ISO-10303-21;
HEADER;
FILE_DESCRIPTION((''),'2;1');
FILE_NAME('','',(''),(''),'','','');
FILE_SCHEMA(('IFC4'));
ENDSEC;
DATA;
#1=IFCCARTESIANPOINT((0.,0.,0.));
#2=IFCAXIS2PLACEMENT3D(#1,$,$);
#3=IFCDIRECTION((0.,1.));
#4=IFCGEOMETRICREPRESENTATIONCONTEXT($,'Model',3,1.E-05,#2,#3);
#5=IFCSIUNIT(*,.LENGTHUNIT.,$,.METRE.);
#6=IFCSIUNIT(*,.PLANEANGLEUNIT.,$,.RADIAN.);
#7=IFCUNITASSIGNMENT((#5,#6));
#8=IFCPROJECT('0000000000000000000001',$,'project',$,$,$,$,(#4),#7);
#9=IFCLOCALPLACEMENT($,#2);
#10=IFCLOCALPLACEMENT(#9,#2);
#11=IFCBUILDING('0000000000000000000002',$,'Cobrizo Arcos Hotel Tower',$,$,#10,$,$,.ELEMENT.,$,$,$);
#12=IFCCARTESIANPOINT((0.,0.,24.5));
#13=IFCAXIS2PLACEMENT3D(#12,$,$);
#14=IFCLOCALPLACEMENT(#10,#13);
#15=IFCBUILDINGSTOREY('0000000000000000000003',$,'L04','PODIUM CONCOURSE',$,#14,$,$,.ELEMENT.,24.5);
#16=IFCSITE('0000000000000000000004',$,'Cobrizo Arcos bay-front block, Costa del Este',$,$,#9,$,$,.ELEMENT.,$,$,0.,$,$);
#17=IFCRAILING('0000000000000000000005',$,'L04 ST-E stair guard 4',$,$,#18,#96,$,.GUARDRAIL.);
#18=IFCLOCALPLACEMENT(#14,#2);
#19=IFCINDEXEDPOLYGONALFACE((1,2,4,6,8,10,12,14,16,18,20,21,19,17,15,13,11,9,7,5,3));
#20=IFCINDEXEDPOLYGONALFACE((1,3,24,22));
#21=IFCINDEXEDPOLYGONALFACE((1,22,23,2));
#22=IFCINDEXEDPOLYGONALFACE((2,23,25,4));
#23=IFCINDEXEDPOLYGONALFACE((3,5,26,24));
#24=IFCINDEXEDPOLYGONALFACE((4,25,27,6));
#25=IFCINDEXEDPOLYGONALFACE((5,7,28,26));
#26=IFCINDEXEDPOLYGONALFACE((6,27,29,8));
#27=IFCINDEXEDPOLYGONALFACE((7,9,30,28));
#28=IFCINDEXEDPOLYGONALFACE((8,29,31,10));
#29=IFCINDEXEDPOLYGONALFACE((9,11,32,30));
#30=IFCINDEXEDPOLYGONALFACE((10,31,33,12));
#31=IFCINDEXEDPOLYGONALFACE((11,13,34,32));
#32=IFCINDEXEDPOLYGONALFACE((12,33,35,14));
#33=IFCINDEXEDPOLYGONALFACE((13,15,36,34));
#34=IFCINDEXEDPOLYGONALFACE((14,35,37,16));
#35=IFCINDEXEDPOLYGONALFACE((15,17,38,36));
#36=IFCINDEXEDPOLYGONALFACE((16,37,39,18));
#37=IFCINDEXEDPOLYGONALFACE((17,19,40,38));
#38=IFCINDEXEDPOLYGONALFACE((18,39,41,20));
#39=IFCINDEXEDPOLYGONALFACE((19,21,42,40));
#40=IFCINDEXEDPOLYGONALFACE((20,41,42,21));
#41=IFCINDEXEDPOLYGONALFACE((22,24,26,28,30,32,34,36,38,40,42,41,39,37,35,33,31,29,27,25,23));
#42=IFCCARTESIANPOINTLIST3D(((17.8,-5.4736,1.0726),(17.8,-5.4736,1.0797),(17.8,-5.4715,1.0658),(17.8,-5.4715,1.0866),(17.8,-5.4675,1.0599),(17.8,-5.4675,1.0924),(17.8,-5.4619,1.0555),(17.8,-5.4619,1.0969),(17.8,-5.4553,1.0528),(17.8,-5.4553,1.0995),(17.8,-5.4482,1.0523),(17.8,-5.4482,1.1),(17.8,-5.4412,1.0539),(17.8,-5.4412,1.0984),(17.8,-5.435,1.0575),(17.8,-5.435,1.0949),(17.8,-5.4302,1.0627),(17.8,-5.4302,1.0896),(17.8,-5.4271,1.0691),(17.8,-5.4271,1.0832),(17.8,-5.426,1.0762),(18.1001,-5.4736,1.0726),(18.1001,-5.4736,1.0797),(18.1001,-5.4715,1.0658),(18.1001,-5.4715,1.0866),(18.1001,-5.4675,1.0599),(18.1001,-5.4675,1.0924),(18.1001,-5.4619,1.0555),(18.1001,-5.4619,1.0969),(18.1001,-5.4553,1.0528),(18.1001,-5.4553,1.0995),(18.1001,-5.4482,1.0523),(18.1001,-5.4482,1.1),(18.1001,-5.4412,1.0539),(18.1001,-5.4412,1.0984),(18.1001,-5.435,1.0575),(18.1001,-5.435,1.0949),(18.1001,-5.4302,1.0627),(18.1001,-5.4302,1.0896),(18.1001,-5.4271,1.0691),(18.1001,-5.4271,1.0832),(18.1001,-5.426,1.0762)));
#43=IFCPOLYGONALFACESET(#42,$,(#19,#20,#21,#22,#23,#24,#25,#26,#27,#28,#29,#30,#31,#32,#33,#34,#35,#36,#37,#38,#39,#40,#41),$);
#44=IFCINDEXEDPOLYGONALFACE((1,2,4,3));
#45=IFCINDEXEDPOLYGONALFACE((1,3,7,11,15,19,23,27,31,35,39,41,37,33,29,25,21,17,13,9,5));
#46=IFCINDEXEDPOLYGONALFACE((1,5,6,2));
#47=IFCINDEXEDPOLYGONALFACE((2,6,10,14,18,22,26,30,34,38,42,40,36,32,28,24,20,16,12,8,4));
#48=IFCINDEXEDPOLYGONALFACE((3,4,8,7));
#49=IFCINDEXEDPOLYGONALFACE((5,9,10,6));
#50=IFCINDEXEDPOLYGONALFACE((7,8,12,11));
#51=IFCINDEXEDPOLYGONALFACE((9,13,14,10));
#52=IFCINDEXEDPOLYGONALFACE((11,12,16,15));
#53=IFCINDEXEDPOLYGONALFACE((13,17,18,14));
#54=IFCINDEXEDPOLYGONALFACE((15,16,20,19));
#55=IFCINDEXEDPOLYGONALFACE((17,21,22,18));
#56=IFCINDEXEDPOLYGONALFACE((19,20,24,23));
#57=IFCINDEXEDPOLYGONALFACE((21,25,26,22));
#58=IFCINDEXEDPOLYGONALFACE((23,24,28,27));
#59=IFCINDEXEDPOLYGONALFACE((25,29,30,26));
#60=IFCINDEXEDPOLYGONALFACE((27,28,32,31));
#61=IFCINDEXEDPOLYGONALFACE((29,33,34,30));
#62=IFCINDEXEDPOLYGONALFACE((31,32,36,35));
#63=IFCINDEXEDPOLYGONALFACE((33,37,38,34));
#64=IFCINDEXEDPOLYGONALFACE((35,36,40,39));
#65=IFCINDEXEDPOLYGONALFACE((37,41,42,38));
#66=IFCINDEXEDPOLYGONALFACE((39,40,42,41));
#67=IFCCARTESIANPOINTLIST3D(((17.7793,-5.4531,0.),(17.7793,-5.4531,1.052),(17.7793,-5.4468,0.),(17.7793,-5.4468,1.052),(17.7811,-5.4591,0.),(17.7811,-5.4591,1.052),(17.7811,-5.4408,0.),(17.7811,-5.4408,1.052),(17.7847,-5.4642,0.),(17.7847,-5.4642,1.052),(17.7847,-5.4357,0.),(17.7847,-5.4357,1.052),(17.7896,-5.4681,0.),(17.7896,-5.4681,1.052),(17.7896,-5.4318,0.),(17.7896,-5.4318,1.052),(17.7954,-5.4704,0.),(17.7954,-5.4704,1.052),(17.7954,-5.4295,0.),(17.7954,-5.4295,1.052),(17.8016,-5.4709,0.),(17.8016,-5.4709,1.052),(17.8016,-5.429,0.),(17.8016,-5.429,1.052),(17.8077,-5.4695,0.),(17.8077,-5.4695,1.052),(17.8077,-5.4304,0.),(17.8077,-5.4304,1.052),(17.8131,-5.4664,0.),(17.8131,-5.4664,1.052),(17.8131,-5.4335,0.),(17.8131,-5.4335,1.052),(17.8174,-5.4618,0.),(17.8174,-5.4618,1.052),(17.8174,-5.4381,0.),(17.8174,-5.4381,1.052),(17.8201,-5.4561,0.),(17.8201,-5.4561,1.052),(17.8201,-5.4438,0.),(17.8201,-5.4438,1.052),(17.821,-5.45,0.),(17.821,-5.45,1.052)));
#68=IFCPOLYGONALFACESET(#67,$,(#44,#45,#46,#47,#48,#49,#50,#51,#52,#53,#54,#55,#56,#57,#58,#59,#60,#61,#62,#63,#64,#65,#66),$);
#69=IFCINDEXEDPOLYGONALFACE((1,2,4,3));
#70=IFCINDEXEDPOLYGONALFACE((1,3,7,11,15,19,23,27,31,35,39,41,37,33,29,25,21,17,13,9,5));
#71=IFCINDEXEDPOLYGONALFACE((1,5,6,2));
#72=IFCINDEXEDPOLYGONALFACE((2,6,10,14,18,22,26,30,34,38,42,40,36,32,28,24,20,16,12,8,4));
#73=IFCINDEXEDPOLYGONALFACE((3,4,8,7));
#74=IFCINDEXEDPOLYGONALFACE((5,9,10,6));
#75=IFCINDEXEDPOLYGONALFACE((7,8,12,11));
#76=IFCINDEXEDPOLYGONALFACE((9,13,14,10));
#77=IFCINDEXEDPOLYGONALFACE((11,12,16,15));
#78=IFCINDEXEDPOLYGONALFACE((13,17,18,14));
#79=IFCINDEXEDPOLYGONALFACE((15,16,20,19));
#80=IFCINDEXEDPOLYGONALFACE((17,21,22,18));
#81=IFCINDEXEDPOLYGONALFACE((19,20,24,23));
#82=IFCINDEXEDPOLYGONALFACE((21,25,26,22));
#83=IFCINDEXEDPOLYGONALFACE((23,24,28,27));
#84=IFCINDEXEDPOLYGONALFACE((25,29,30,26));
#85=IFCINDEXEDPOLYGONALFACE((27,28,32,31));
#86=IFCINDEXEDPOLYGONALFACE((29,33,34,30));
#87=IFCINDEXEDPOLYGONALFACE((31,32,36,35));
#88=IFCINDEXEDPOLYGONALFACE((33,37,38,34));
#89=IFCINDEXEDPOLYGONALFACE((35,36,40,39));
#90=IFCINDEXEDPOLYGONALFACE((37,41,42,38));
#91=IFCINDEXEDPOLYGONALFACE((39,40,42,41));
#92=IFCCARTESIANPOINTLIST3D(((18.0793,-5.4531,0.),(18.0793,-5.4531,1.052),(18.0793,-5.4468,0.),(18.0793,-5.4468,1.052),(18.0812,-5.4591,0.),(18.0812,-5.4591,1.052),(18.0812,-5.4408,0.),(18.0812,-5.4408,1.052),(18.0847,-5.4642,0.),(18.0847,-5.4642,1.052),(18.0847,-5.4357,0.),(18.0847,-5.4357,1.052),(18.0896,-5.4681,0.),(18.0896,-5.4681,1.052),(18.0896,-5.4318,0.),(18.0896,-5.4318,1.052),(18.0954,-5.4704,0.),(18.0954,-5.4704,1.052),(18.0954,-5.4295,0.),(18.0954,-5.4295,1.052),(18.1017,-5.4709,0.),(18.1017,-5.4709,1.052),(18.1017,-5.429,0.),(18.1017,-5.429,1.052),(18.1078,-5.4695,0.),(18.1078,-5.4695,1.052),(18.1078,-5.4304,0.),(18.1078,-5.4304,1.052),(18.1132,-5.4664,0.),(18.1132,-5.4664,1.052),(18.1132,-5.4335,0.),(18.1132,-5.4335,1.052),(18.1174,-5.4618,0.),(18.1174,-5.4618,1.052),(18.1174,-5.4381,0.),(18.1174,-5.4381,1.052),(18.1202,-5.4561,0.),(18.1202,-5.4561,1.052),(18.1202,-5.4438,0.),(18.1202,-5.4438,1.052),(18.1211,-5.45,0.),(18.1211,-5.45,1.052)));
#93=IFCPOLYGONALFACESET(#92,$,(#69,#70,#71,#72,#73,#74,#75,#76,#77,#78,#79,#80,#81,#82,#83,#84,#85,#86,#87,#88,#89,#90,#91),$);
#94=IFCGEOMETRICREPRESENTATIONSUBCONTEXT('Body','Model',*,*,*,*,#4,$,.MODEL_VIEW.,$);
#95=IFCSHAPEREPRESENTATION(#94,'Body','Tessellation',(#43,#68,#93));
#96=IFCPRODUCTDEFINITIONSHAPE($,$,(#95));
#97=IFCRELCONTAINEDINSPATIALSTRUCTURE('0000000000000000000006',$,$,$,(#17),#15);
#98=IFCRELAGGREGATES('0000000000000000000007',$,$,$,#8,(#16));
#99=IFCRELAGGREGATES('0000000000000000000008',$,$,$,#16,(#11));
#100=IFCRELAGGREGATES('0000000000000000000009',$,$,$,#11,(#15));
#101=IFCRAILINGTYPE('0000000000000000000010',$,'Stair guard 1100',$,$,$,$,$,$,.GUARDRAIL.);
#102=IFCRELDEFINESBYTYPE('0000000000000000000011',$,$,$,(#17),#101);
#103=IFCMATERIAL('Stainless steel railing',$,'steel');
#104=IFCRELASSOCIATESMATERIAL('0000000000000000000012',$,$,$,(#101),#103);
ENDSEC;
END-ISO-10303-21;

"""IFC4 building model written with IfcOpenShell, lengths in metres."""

from ifc_helpers import new_model, si_unit, direction, frame, origin, origin_2d, place, context, subcontext, project, spatial, circle, extrude, material, type_object, element, save


model = new_model("IFC4")

# Units and contexts
model_context = context("Model", 3, precision=1e-05, world=origin(), true_north=direction((0.0, 1.0)))
body_context = subcontext(model_context, "Body", "Model", "MODEL_VIEW")
ifc_project = project(units=[si_unit("LENGTHUNIT", "METRE"), si_unit("PLANEANGLEUNIT", "RADIAN")], contexts=[model_context])

# Site, building, storey
site_placement = place(None, origin())
site = spatial("IfcSite", under=ifc_project, at=site_placement, Name="Cobrizo Arcos bay-front block, Costa del Este", CompositionType="ELEMENT", RefElevation=0.0)
building_placement = place(site_placement, origin())
building = spatial("IfcBuilding", under=site, at=building_placement, Name="Cobrizo Arcos Hotel Tower", CompositionType="ELEMENT")
storey_placement = place(building_placement, frame((0.0, 0.0, 24.5)))
storey = spatial("IfcBuildingStorey", under=building, at=storey_placement, Name="L04", Description="PODIUM CONCOURSE", CompositionType="ELEMENT", Elevation=24.5)

# Railing
ifc_material_1 = material(Name="Stainless steel railing", Category="steel")
railing_type_1 = type_object("IfcRailingType", Name="Stair guard 1100", PredefinedType="GUARDRAIL", material=ifc_material_1)
railing_1_placement = place(storey_placement, frame((17.8, -5.45, 0.0)))
element("IfcRailing", 1, at=railing_1_placement, inside=storey, type_object=railing_type_1, Name="L04 ST-E stair guard 4", PredefinedType="GUARDRAIL", context=body_context, shape_type="SweptSolid", body=[
    extrude(circle(Radius=0.0239, at=origin_2d()), frame((0.0, 0.0, 1.0762), z_axis=(1.0, 0.0, 0.0), x_axis=(0.0, 1.0, 0.0)), (0.0, 0.0, 1.0), 0.3),
    extrude(circle(Radius=0.021, at=origin_2d()), origin(), (0.0, 0.0, 1.0), 1.052),
    extrude(circle(Radius=0.021, at=origin_2d()), frame((0.3, 0.0, 0.0)), (0.0, 0.0, 1.0), 1.052),
])

save(model, "model.ifc")
